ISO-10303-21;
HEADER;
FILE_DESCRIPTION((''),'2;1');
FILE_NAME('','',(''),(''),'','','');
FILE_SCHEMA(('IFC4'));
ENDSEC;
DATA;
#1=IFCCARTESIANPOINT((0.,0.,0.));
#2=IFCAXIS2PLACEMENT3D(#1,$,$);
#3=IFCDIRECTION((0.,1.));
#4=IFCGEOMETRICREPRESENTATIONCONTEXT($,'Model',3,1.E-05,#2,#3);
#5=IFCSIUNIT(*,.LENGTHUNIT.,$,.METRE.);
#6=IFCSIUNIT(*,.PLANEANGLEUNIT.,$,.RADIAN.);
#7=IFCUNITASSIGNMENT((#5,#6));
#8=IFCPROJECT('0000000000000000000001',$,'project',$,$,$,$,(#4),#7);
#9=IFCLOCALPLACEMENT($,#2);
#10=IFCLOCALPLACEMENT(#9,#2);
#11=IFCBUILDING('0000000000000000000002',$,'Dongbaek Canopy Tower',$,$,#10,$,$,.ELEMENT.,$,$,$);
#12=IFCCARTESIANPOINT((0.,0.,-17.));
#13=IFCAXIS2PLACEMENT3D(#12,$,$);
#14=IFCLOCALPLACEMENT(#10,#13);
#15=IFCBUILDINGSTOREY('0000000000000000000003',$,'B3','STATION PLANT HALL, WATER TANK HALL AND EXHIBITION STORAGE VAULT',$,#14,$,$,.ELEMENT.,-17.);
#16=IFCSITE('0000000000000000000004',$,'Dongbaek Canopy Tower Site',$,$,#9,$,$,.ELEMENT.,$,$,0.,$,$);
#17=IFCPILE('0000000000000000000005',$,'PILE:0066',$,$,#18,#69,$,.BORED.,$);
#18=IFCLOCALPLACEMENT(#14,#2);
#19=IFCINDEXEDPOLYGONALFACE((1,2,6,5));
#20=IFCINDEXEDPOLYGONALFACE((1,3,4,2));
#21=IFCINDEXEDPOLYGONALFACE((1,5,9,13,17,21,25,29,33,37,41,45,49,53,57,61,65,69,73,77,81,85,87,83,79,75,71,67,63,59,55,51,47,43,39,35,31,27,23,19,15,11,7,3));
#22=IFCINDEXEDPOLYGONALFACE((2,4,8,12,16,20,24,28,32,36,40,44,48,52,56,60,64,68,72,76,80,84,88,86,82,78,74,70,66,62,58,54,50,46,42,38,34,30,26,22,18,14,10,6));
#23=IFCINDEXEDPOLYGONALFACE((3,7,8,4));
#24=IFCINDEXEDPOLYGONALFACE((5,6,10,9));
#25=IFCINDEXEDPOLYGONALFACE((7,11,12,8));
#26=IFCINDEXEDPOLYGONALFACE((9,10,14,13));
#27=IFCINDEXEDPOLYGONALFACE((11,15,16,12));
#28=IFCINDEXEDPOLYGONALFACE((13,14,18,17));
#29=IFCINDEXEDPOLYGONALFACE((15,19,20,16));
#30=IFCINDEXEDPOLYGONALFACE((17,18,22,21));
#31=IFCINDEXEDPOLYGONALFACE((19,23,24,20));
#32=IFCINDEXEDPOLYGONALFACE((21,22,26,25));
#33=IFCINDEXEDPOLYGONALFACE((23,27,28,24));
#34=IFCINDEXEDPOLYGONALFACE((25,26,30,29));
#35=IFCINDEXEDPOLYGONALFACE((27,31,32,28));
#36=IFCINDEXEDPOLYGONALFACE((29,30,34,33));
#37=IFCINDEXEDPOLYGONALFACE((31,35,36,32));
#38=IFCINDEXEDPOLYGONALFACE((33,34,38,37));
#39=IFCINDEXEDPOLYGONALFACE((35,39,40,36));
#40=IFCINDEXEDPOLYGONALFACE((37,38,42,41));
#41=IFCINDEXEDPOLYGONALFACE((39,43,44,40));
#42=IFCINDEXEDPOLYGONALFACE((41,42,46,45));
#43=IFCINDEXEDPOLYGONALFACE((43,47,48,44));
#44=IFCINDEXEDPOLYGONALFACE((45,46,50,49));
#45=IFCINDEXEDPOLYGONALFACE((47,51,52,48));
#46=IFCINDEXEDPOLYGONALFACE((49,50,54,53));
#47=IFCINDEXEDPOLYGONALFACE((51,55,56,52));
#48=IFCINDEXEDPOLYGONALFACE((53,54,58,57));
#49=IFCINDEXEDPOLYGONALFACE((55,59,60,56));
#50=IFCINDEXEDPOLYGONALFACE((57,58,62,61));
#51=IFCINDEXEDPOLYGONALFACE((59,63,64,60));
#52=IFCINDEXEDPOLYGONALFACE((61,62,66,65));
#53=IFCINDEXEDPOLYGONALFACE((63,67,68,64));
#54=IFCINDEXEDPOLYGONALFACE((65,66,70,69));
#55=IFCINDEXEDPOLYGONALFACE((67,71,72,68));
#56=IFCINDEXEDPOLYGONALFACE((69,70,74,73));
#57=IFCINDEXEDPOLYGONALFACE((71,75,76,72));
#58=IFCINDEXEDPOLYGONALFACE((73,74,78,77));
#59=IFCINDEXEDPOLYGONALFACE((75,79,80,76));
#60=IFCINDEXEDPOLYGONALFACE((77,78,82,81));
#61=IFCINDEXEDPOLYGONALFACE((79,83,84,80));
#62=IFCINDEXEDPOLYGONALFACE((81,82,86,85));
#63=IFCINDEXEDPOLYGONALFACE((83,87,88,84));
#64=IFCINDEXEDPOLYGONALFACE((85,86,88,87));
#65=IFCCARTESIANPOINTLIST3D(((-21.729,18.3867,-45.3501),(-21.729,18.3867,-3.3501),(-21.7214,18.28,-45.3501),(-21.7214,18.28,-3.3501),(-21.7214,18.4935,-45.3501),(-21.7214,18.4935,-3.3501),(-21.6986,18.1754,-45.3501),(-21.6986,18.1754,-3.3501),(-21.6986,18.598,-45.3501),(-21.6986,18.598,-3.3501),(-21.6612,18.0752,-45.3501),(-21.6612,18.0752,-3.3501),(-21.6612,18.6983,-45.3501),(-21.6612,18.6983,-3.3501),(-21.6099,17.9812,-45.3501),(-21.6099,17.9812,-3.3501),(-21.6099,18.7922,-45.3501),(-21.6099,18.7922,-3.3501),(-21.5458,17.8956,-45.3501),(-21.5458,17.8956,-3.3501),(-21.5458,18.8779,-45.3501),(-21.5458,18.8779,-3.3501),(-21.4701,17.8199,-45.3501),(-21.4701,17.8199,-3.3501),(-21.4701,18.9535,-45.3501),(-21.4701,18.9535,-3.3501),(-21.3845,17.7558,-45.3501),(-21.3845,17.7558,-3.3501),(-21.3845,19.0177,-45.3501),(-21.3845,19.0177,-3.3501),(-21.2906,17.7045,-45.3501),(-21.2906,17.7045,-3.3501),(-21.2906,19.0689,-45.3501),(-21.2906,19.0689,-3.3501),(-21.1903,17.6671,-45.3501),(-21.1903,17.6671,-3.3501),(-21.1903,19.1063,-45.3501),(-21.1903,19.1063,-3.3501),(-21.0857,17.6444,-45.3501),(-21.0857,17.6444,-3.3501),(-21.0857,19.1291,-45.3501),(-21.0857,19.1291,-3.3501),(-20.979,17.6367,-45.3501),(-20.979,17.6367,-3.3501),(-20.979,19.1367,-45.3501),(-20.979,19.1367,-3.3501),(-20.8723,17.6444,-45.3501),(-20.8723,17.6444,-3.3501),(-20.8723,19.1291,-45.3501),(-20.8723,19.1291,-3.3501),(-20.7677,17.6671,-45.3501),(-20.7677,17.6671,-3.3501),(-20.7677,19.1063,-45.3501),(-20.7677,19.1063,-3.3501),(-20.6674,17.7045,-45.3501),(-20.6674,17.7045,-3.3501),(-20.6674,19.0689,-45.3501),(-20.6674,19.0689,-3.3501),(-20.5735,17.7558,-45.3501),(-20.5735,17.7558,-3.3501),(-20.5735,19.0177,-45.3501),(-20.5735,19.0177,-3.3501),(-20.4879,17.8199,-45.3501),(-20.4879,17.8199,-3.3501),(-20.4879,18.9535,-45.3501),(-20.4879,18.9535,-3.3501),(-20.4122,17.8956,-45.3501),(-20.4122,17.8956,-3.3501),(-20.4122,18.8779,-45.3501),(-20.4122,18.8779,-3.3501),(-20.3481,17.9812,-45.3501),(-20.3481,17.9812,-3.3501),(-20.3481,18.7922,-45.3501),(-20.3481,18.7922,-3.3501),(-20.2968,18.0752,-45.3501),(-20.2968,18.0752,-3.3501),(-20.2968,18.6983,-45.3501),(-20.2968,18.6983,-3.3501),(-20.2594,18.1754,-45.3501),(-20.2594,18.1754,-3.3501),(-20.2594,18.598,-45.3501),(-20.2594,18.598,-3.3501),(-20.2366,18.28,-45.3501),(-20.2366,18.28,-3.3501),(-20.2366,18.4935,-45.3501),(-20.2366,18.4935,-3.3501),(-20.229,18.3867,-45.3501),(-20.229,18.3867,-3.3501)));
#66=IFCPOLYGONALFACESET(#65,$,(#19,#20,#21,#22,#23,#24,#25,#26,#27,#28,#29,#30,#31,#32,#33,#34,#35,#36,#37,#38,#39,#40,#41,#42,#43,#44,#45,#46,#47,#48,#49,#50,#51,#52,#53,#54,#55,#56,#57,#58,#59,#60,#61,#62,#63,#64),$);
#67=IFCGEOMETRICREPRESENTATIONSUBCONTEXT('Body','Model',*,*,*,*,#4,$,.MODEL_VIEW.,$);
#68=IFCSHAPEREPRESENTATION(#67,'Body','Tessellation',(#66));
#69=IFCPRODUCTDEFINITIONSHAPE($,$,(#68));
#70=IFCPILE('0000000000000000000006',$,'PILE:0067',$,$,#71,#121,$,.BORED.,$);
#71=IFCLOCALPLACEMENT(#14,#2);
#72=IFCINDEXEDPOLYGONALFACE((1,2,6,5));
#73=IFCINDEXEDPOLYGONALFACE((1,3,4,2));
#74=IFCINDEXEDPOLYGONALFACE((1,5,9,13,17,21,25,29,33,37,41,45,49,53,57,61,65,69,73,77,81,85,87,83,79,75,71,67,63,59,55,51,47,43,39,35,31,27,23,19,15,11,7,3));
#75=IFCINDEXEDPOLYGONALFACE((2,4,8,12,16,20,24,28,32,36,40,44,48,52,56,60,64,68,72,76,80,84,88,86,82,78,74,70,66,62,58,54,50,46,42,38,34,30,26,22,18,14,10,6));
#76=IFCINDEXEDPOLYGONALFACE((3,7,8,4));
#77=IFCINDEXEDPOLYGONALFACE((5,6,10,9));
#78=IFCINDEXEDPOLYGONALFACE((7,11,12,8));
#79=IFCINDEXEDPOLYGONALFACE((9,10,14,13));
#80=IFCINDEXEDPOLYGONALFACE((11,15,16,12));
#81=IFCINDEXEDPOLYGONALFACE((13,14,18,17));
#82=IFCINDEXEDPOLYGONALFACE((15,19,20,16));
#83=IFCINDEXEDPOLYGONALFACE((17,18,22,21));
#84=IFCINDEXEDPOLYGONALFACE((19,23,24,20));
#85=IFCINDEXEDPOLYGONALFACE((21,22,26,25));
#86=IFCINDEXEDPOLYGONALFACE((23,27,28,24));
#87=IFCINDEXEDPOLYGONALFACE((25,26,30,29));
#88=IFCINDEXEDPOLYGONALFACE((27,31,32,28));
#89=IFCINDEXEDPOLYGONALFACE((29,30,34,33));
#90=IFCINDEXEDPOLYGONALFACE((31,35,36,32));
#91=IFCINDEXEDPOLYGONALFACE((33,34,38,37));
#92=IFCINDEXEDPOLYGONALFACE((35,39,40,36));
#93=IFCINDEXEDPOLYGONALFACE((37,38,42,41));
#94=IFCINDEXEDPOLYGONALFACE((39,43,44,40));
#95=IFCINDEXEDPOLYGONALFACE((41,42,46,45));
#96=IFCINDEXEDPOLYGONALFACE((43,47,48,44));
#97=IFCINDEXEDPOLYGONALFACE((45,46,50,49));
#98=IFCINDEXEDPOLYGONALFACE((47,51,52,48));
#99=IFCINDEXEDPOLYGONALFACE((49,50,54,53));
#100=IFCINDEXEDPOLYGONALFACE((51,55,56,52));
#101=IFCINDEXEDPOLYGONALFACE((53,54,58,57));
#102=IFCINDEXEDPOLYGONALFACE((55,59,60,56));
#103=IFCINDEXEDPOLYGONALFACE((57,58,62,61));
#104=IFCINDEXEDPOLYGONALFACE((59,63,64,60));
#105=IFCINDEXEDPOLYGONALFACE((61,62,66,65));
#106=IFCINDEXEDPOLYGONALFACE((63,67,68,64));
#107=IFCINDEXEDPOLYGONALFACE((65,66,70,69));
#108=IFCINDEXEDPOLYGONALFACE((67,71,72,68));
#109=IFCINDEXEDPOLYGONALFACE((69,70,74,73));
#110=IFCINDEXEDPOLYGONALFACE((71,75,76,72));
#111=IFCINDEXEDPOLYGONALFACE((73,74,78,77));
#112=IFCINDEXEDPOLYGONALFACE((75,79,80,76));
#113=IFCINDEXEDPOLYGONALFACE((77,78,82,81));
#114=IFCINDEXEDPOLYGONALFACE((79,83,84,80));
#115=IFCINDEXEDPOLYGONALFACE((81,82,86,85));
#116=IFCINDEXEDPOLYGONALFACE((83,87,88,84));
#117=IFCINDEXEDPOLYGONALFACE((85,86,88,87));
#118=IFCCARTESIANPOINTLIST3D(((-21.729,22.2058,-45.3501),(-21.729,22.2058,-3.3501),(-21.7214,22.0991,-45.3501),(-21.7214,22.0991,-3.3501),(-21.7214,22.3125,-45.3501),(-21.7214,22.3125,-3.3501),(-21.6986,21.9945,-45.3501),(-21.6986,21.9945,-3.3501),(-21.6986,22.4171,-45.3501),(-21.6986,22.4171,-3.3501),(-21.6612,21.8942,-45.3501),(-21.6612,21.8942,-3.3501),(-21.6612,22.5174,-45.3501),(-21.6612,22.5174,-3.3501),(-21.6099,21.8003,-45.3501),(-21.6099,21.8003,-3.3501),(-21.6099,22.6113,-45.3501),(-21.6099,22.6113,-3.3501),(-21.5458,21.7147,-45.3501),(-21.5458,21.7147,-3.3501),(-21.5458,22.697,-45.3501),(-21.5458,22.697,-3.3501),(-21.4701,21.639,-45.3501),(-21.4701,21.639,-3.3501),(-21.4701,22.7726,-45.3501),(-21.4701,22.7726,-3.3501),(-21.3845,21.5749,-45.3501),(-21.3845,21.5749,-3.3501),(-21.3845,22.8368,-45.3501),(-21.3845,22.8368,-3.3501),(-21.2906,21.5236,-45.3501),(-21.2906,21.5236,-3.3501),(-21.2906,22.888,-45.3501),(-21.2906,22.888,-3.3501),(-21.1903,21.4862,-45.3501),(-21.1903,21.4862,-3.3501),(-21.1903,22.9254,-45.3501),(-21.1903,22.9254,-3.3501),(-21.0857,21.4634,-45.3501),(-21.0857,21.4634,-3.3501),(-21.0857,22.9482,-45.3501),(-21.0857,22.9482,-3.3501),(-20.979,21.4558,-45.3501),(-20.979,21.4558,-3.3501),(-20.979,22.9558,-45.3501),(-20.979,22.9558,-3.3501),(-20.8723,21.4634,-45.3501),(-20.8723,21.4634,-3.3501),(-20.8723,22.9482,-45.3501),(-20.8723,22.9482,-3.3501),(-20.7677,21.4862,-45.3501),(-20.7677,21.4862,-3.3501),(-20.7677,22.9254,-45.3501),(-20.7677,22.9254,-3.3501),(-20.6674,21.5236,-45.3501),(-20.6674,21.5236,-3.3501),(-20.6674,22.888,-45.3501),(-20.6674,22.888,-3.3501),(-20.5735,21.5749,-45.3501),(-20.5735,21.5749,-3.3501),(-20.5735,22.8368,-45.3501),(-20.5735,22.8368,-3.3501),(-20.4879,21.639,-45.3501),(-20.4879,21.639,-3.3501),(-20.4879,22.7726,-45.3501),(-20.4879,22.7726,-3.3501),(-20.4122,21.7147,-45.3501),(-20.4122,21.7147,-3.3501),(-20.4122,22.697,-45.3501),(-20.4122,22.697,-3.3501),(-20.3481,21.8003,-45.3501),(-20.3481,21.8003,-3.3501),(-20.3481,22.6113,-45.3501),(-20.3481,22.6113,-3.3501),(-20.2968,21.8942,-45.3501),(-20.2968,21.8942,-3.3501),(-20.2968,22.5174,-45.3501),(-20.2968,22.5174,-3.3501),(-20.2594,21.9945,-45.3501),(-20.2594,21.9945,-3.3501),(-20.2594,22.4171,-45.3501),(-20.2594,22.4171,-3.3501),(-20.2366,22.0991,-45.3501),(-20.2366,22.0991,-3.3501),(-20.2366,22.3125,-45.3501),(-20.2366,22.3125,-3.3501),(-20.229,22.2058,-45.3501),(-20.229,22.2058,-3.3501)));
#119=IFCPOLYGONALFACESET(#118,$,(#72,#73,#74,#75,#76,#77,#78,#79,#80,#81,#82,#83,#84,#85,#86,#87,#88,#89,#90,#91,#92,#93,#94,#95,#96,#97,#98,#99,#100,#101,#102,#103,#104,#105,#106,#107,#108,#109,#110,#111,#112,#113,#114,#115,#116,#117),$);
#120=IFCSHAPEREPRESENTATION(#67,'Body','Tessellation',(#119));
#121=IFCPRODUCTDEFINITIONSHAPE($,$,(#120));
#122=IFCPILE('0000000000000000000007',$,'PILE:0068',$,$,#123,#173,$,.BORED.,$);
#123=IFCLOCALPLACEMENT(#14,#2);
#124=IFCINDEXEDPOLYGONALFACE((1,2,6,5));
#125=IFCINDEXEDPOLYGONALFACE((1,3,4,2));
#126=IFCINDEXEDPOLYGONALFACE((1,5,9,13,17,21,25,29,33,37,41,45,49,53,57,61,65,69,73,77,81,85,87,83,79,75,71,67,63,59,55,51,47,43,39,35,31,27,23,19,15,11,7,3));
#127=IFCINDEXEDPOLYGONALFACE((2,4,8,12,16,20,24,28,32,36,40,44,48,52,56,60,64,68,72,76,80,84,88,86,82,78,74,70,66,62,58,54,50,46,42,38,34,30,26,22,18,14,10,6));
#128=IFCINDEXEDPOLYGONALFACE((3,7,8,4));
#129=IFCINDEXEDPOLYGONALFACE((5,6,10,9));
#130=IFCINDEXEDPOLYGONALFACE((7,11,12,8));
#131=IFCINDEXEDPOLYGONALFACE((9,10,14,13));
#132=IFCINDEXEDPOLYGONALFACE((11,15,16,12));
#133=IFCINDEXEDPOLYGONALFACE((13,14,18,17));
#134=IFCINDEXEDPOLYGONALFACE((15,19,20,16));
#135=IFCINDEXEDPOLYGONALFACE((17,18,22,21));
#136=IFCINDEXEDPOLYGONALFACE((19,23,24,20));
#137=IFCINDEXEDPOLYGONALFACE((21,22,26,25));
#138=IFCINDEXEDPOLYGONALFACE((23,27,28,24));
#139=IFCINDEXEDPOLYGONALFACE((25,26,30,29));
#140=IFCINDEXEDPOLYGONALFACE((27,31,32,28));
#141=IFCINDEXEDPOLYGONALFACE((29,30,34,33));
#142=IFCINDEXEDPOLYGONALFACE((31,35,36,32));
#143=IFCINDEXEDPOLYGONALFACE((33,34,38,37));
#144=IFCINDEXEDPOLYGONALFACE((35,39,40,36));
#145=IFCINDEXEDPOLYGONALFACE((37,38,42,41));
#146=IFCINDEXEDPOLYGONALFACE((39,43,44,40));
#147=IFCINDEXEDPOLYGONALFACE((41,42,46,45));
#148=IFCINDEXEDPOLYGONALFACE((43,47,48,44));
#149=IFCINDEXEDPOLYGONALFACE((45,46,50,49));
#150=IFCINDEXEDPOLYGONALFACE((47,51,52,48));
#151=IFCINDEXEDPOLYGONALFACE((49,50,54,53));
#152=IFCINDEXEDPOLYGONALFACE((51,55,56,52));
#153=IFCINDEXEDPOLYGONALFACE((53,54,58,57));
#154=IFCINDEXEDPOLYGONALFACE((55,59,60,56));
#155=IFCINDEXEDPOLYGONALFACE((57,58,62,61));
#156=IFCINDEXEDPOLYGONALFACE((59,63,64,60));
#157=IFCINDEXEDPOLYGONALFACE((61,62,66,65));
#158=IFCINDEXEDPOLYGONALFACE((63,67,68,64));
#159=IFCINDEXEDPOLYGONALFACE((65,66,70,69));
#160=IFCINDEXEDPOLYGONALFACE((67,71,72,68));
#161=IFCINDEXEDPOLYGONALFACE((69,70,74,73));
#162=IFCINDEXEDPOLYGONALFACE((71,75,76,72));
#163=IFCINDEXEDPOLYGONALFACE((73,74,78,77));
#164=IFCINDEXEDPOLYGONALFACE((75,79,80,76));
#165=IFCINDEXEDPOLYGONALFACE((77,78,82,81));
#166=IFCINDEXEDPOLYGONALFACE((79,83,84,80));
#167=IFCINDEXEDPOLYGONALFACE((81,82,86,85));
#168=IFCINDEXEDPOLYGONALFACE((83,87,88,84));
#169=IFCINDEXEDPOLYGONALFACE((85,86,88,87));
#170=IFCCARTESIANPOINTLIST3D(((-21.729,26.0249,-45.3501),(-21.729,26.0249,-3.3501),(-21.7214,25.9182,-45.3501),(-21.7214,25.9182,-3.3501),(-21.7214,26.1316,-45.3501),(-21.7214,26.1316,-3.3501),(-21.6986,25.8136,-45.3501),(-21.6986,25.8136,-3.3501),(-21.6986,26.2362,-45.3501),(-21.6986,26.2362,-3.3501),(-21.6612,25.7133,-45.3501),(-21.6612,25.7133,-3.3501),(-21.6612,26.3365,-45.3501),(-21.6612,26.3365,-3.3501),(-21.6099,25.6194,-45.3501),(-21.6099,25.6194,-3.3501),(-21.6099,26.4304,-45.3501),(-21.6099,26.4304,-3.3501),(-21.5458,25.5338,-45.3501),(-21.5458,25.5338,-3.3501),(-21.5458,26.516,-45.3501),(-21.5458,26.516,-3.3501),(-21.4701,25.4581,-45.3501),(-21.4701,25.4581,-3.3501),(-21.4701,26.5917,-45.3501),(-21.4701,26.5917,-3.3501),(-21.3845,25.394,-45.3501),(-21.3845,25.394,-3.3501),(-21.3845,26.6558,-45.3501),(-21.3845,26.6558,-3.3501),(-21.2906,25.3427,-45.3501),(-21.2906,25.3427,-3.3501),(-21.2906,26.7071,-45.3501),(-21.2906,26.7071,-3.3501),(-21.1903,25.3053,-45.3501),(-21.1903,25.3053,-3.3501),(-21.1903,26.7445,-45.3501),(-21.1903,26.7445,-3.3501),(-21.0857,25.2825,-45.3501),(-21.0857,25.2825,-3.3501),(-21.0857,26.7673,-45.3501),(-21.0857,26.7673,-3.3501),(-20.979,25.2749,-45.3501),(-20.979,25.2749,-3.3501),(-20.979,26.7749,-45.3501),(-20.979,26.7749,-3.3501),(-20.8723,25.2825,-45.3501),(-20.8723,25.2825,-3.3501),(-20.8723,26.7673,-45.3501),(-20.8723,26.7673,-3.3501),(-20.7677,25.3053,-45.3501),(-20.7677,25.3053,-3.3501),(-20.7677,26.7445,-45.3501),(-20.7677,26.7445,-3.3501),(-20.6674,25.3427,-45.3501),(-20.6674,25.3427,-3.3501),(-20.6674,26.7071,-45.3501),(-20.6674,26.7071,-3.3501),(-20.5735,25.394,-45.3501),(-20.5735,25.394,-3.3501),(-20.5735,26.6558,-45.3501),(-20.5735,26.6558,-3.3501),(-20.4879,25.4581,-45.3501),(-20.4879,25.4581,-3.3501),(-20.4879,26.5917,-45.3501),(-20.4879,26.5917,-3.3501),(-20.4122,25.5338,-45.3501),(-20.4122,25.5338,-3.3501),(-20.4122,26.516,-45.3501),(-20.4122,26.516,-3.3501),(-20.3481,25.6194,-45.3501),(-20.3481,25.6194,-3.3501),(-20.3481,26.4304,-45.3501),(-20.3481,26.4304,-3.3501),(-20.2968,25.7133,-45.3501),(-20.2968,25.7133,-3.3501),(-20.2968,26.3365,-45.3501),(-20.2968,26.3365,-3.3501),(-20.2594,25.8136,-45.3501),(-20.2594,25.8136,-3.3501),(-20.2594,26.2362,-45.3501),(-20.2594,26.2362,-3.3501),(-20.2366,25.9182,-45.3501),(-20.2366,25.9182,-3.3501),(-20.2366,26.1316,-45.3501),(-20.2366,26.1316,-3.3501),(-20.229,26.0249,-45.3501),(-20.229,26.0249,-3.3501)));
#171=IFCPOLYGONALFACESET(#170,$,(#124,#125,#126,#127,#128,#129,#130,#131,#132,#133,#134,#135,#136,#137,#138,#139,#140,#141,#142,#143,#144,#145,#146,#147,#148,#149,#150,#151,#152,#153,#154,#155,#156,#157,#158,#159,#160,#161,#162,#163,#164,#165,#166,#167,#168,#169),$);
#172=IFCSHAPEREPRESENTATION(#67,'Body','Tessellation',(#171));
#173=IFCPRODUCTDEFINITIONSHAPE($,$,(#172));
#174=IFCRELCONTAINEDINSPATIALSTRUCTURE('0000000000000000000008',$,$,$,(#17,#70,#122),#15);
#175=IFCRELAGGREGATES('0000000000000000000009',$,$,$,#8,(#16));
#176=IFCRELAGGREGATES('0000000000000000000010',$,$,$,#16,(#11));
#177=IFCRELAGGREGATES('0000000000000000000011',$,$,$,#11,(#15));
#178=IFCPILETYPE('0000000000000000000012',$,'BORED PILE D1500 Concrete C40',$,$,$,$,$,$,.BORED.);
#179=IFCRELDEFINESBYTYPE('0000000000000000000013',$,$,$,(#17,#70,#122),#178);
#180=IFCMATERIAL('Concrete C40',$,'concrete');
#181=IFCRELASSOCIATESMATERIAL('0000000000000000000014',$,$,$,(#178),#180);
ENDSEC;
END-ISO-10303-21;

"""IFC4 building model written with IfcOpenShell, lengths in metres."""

from ifc_helpers import new_model, si_unit, direction, frame, origin, origin_2d, place, context, subcontext, project, spatial, circle, extrude, material, material_profile, profile_set, type_object, element, save


model = new_model("IFC4")

# Units and contexts
model_context = context("Model", 3, precision=1e-05, world=origin(), true_north=direction((0.0, 1.0)))
body_context = subcontext(model_context, "Body", "Model", "MODEL_VIEW")
ifc_project = project(units=[si_unit("LENGTHUNIT", "METRE"), si_unit("PLANEANGLEUNIT", "RADIAN")], contexts=[model_context])

# Site, building, storey
site_placement = place(None, origin())
site = spatial("IfcSite", under=ifc_project, at=site_placement, Name="Dongbaek Canopy Tower Site", CompositionType="ELEMENT", RefElevation=0.0)
building_placement = place(site_placement, origin())
building = spatial("IfcBuilding", under=site, at=building_placement, Name="Dongbaek Canopy Tower", CompositionType="ELEMENT")
storey_placement = place(building_placement, frame((0.0, 0.0, -17.0)))
storey = spatial("IfcBuildingStorey", under=building, at=storey_placement, Name="B3", Description="STATION PLANT HALL, WATER TANK HALL AND EXHIBITION STORAGE VAULT", CompositionType="ELEMENT", Elevation=-17.0)

# Piles
ifc_material_1 = material(Name="Concrete C40", Category="concrete")
ifc_material_profile_1 = material_profile(ifc_material_1, circle(Radius=0.75, at=origin_2d()), Name="BORED PILE D1500 Concrete C40")
ifc_profile_set_1 = profile_set([ifc_material_profile_1], Name="Concrete C40")
pile_type = type_object("IfcPileType", Name="BORED PILE D1500 Concrete C40", PredefinedType="BORED", material=ifc_profile_set_1)
for number, where, z_axis, x_axis, name in (
    (1, (-20.979, 18.3867, -3.3501), (0.0, 0.0, -1.0), (1.0, 0.0, 0.0), "PILE:0066"),
    (2, (-20.979, 22.2058, -3.3501), (0.0, 0.0, -1.0), (1.0, 0.0, 0.0), "PILE:0067"),
    (3, (-20.979, 26.0249, -3.3501), (0.0, 0.0, -1.0), (1.0, 0.0, 0.0), "PILE:0068"),
):
    element("IfcPile", number, at=place(storey_placement, frame(where, z_axis=z_axis, x_axis=x_axis)), inside=storey, type_object=pile_type, Name=name, PredefinedType="BORED", context=body_context, shape_type="SweptSolid", body=[
        extrude(circle(Radius=0.75, at=origin_2d()), origin(), (0.0, 0.0, 1.0), 42.0),
    ])

save(model, "model.ifc")
